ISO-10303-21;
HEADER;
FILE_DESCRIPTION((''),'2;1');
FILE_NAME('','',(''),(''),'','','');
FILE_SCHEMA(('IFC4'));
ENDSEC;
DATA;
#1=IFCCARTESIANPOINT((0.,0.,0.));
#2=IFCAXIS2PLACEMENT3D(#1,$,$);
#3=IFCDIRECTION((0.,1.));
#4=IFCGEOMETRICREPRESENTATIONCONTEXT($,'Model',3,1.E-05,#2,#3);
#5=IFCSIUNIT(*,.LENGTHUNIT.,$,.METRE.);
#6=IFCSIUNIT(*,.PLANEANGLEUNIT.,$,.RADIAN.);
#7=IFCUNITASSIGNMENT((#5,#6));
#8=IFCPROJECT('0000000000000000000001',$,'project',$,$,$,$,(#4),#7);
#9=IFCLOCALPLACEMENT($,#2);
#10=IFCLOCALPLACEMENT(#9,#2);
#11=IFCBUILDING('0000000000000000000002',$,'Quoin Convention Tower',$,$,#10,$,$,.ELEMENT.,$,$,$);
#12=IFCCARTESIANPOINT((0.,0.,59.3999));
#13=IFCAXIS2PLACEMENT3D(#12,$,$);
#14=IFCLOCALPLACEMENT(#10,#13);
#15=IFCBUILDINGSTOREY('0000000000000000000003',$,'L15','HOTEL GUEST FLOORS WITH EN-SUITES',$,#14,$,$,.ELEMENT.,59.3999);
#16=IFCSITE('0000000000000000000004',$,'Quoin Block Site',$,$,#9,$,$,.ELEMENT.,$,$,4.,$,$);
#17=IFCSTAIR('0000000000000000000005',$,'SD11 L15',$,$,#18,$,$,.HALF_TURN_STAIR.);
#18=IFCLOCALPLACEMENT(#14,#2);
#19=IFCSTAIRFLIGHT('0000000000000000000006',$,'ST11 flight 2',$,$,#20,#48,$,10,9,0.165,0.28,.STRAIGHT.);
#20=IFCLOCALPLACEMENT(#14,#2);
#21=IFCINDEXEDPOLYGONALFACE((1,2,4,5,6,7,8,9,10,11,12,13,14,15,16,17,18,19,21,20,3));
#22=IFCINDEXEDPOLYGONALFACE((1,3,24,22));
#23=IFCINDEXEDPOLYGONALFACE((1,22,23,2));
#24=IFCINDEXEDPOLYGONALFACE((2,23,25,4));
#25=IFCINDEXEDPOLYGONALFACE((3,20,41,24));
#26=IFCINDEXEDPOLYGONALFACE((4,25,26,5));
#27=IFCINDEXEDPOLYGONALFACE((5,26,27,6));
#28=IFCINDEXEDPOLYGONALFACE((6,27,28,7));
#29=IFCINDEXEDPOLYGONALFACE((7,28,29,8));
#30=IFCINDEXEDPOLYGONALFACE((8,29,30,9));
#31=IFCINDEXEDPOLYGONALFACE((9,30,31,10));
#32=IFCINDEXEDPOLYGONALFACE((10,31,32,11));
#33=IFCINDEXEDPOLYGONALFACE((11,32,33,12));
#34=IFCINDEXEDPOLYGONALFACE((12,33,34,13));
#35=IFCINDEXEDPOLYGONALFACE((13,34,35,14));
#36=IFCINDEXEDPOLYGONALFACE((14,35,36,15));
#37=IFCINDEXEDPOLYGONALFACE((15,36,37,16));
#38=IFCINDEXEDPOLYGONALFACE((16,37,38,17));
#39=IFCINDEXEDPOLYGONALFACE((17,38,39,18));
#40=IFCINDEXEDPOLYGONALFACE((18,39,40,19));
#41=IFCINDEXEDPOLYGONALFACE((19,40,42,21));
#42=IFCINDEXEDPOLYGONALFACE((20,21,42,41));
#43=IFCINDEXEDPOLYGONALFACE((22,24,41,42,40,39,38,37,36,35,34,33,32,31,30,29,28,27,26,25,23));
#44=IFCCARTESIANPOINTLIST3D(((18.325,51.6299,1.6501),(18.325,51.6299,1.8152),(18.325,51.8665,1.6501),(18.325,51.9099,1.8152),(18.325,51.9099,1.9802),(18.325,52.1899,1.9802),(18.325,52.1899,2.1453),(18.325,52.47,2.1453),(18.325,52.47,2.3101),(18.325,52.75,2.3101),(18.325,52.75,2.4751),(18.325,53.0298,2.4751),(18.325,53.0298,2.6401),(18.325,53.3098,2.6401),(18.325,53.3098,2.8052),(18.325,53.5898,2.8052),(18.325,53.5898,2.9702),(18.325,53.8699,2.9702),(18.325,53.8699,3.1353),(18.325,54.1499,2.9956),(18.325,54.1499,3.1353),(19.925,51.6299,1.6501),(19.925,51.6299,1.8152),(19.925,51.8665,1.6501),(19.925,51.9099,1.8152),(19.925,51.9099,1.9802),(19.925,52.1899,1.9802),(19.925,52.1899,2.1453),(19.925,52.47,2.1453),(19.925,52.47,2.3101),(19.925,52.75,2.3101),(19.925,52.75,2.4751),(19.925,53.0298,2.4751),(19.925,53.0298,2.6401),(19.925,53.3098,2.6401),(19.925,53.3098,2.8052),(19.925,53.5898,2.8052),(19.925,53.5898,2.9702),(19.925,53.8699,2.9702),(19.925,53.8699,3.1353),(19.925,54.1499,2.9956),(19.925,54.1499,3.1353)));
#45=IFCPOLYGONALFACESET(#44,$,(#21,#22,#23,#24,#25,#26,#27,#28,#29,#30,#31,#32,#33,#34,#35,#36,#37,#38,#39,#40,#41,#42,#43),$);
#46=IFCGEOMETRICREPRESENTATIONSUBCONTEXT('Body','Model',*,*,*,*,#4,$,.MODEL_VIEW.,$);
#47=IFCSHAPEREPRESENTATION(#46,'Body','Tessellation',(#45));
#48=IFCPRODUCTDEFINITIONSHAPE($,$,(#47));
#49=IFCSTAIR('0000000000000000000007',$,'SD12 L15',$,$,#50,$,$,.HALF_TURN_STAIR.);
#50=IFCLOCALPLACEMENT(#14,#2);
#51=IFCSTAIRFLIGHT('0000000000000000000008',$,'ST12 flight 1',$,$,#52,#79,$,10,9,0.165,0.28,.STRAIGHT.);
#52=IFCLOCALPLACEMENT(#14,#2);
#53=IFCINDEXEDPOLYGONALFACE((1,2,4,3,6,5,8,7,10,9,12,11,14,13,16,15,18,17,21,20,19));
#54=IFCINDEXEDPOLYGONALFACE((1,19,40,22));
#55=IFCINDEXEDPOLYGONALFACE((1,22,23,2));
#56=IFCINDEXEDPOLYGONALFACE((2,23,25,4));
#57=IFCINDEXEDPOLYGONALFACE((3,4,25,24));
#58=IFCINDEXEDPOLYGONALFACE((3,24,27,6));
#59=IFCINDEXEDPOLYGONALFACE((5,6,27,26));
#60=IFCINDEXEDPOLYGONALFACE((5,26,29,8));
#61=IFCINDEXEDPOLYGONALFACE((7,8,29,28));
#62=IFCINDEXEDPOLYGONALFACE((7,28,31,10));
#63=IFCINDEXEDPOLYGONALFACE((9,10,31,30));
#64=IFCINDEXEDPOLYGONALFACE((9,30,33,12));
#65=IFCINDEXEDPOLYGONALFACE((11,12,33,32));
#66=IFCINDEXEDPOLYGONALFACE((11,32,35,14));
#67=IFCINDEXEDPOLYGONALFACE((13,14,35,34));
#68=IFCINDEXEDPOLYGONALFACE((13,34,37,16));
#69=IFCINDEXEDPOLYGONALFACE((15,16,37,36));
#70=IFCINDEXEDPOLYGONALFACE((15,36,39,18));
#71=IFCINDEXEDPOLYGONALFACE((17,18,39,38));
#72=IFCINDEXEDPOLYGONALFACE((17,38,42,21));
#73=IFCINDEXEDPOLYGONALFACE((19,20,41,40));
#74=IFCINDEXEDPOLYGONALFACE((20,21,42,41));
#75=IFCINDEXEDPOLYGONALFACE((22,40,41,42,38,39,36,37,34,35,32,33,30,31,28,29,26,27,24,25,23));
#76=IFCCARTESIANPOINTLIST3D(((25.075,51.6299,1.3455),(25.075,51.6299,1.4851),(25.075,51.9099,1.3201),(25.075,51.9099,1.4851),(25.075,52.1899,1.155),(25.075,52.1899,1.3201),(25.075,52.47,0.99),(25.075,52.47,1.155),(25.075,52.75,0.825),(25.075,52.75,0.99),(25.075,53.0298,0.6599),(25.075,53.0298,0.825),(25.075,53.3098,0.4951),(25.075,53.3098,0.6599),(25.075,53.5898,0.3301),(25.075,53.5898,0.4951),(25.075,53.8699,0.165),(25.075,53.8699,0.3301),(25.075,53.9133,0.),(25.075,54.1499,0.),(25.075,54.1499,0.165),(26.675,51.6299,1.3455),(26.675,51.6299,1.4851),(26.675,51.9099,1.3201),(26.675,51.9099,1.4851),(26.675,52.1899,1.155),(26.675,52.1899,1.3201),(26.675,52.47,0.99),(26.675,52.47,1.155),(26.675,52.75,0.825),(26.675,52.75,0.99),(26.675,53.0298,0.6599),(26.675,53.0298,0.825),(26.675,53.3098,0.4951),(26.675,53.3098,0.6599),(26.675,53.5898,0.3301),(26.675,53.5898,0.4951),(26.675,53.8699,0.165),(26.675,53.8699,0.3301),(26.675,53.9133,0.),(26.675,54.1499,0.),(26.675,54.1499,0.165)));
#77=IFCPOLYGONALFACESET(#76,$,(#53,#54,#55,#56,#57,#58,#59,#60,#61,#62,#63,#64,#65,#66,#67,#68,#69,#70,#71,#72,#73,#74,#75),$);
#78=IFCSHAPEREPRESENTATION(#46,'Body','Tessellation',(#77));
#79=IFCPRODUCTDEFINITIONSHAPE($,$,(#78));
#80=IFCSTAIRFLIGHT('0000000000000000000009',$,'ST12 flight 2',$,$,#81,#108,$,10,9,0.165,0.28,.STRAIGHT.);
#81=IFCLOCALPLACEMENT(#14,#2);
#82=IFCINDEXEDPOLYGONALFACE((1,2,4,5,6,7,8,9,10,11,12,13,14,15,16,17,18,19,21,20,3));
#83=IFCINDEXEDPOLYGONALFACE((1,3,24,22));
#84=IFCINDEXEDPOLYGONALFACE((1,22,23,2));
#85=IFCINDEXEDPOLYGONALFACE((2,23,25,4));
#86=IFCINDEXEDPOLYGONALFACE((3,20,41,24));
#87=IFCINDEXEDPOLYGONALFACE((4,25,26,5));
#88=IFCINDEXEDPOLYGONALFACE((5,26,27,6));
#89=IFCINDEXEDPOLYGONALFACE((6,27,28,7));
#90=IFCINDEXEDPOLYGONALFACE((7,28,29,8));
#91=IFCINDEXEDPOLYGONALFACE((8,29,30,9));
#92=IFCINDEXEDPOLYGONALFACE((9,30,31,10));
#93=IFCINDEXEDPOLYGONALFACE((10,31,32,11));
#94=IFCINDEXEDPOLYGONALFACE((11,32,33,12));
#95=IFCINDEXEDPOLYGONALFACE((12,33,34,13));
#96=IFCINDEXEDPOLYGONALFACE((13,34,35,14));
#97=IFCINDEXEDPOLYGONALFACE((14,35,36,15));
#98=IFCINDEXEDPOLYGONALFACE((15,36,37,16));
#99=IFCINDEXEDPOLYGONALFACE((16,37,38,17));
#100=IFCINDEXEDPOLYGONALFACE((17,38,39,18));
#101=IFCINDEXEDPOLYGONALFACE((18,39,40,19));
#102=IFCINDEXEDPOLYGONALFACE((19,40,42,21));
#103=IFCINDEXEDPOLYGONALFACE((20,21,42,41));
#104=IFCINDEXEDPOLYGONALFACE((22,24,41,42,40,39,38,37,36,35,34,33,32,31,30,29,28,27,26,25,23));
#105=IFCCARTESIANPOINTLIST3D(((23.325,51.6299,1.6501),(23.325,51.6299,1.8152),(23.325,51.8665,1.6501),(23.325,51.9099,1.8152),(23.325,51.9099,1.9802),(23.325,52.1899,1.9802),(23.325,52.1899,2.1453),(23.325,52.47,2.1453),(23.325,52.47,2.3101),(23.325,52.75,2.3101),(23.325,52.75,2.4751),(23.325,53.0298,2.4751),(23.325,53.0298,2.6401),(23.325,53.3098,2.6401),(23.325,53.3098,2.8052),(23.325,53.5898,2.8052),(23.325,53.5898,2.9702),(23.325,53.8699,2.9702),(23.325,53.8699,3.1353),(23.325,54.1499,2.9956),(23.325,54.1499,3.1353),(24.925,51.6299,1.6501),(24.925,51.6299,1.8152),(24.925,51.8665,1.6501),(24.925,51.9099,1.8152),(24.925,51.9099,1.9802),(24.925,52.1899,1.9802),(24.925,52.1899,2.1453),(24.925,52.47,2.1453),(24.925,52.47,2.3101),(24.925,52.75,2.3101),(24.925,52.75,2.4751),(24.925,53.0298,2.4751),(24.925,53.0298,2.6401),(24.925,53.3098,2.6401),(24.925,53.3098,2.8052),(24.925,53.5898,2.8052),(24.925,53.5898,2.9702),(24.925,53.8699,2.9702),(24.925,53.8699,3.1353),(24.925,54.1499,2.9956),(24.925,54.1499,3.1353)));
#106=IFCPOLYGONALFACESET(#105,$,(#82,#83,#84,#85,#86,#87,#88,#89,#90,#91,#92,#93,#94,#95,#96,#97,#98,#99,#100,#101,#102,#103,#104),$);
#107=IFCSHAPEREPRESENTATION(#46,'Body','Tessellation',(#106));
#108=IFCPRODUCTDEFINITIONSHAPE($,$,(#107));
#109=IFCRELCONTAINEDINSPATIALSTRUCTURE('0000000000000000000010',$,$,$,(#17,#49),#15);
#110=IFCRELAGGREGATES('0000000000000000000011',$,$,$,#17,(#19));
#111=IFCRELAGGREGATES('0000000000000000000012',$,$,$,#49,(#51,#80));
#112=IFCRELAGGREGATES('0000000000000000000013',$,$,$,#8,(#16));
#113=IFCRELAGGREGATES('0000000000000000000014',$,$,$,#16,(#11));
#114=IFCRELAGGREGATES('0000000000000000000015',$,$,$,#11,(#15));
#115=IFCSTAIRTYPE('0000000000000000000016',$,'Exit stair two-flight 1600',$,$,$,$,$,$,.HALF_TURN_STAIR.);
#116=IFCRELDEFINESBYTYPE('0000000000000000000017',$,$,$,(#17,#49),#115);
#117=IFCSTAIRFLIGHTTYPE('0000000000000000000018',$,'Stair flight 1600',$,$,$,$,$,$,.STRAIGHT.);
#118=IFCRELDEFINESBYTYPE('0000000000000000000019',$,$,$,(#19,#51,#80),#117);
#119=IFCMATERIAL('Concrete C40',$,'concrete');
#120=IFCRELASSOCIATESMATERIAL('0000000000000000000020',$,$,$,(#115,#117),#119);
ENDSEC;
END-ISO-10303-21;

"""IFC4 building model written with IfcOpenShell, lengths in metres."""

from ifc_helpers import new_model, si_unit, direction, frame, origin, place, context, subcontext, project, spatial, polyline, outline, extrude, material, type_object, element, aggregate, save


model = new_model("IFC4")

# Units and contexts
model_context = context("Model", 3, precision=1e-05, world=origin(), true_north=direction((0.0, 1.0)))
body_context = subcontext(model_context, "Body", "Model", "MODEL_VIEW")
ifc_project = project(units=[si_unit("LENGTHUNIT", "METRE"), si_unit("PLANEANGLEUNIT", "RADIAN")], contexts=[model_context])

# Site, building, storey
site_placement = place(None, origin())
site = spatial("IfcSite", under=ifc_project, at=site_placement, Name="Quoin Block Site", CompositionType="ELEMENT", RefElevation=4.0)
building_placement = place(site_placement, origin())
building = spatial("IfcBuilding", under=site, at=building_placement, Name="Quoin Convention Tower", CompositionType="ELEMENT")
storey_placement = place(building_placement, frame((0.0, 0.0, 59.3999)))
storey = spatial("IfcBuildingStorey", under=building, at=storey_placement, Name="L15", Description="HOTEL GUEST FLOORS WITH EN-SUITES", CompositionType="ELEMENT", Elevation=59.3999)

# Stairs, stair flights
ifc_material_1 = material(Name="Concrete C40", Category="concrete")
stair_type = type_object("IfcStairType", Name="Exit stair two-flight 1600", PredefinedType="HALF_TURN_STAIR", material=ifc_material_1)
stair_1_placement = place(storey_placement, origin())
stair_1 = element("IfcStair", 1, at=stair_1_placement, inside=storey, type_object=stair_type, Name="SD11 L15", PredefinedType="HALF_TURN_STAIR")
stair_flight_type = type_object("IfcStairFlightType", Name="Stair flight 1600", PredefinedType="STRAIGHT", material=ifc_material_1)
stair_flight_1_placement = place(storey_placement, frame((19.125, 51.6299, 1.6501), z_axis=(0.0, 0.0, 1.0), x_axis=(0.0, 1.0, 0.0)))
stair_flight_1 = element("IfcStairFlight", 2, at=stair_flight_1_placement, type_object=stair_flight_type, Name="ST11 flight 2", NumberOfRisers=10, NumberOfTreads=9, PredefinedType="STRAIGHT", RiserHeight=0.165, TreadLength=0.28, context=body_context, shape_type="SweptSolid", body=[
    extrude(outline(polyline([(0.0, 0.0), (0.0, 0.165), (0.28, 0.165), (0.28, 0.3301), (0.5601, 0.3301), (0.5601, 0.4951), (0.8401, 0.4951), (0.8401, 0.6599), (1.1201, 0.6599), (1.1201, 0.825), (1.3999, 0.825), (1.3999, 0.99), (1.6799, 0.99), (1.6799, 1.155), (1.96, 1.155), (1.96, 1.3201), (2.24, 1.3201), (2.24, 1.4851), (2.52, 1.4851), (2.52, 1.6499), (2.52, 1.3455), (0.2366, 0.0), (0.0, 0.0)])), frame((0.0, 0.8, 0.0), z_axis=(0.0, -1.0, 0.0), x_axis=(1.0, 0.0, 0.0)), (0.0, 0.0, 1.0), 1.6001),
])
aggregate(stair_1, [stair_flight_1])
stair_2_placement = place(storey_placement, origin())
stair_2 = element("IfcStair", 3, at=stair_2_placement, inside=storey, type_object=stair_type, Name="SD12 L15", PredefinedType="HALF_TURN_STAIR")
stair_flight_2_placement = place(storey_placement, frame((25.875, 54.1499, 0.0), z_axis=(0.0, 0.0, 1.0), x_axis=(0.0, -1.0, 0.0)))
stair_flight_2 = element("IfcStairFlight", 4, at=stair_flight_2_placement, type_object=stair_flight_type, Name="ST12 flight 1", NumberOfRisers=10, NumberOfTreads=9, PredefinedType="STRAIGHT", RiserHeight=0.165, TreadLength=0.28, context=body_context, shape_type="SweptSolid", body=[
    extrude(outline(polyline([(0.0, 0.0), (0.0, 0.165), (0.28, 0.165), (0.28, 0.3301), (0.5601, 0.3301), (0.5601, 0.4951), (0.8401, 0.4951), (0.8401, 0.6599), (1.1201, 0.6599), (1.1201, 0.825), (1.3999, 0.825), (1.3999, 0.99), (1.6799, 0.99), (1.6799, 1.155), (1.96, 1.155), (1.96, 1.3201), (2.24, 1.3201), (2.24, 1.4851), (2.52, 1.4851), (2.52, 1.6499), (2.52, 1.3455), (0.2366, 0.0), (0.0, 0.0)])), frame((0.0, 0.8, 0.0), z_axis=(0.0, -1.0, 0.0), x_axis=(1.0, 0.0, 0.0)), (0.0, 0.0, 1.0), 1.6001),
])
stair_flight_3_placement = place(storey_placement, frame((24.125, 51.6299, 1.6501), z_axis=(0.0, 0.0, 1.0), x_axis=(0.0, 1.0, 0.0)))
stair_flight_3 = element("IfcStairFlight", 5, at=stair_flight_3_placement, type_object=stair_flight_type, Name="ST12 flight 2", NumberOfRisers=10, NumberOfTreads=9, PredefinedType="STRAIGHT", RiserHeight=0.165, TreadLength=0.28, context=body_context, shape_type="SweptSolid", body=[
    extrude(outline(polyline([(0.0, 0.0), (0.0, 0.165), (0.28, 0.165), (0.28, 0.3301), (0.5601, 0.3301), (0.5601, 0.4951), (0.8401, 0.4951), (0.8401, 0.6599), (1.1201, 0.6599), (1.1201, 0.825), (1.3999, 0.825), (1.3999, 0.99), (1.6799, 0.99), (1.6799, 1.155), (1.96, 1.155), (1.96, 1.3201), (2.24, 1.3201), (2.24, 1.4851), (2.52, 1.4851), (2.52, 1.6499), (2.52, 1.3455), (0.2366, 0.0), (0.0, 0.0)])), frame((0.0, 0.8, 0.0), z_axis=(0.0, -1.0, 0.0), x_axis=(1.0, 0.0, 0.0)), (0.0, 0.0, 1.0), 1.6001),
])
aggregate(stair_2, [stair_flight_2, stair_flight_3])

save(model, "model.ifc")
